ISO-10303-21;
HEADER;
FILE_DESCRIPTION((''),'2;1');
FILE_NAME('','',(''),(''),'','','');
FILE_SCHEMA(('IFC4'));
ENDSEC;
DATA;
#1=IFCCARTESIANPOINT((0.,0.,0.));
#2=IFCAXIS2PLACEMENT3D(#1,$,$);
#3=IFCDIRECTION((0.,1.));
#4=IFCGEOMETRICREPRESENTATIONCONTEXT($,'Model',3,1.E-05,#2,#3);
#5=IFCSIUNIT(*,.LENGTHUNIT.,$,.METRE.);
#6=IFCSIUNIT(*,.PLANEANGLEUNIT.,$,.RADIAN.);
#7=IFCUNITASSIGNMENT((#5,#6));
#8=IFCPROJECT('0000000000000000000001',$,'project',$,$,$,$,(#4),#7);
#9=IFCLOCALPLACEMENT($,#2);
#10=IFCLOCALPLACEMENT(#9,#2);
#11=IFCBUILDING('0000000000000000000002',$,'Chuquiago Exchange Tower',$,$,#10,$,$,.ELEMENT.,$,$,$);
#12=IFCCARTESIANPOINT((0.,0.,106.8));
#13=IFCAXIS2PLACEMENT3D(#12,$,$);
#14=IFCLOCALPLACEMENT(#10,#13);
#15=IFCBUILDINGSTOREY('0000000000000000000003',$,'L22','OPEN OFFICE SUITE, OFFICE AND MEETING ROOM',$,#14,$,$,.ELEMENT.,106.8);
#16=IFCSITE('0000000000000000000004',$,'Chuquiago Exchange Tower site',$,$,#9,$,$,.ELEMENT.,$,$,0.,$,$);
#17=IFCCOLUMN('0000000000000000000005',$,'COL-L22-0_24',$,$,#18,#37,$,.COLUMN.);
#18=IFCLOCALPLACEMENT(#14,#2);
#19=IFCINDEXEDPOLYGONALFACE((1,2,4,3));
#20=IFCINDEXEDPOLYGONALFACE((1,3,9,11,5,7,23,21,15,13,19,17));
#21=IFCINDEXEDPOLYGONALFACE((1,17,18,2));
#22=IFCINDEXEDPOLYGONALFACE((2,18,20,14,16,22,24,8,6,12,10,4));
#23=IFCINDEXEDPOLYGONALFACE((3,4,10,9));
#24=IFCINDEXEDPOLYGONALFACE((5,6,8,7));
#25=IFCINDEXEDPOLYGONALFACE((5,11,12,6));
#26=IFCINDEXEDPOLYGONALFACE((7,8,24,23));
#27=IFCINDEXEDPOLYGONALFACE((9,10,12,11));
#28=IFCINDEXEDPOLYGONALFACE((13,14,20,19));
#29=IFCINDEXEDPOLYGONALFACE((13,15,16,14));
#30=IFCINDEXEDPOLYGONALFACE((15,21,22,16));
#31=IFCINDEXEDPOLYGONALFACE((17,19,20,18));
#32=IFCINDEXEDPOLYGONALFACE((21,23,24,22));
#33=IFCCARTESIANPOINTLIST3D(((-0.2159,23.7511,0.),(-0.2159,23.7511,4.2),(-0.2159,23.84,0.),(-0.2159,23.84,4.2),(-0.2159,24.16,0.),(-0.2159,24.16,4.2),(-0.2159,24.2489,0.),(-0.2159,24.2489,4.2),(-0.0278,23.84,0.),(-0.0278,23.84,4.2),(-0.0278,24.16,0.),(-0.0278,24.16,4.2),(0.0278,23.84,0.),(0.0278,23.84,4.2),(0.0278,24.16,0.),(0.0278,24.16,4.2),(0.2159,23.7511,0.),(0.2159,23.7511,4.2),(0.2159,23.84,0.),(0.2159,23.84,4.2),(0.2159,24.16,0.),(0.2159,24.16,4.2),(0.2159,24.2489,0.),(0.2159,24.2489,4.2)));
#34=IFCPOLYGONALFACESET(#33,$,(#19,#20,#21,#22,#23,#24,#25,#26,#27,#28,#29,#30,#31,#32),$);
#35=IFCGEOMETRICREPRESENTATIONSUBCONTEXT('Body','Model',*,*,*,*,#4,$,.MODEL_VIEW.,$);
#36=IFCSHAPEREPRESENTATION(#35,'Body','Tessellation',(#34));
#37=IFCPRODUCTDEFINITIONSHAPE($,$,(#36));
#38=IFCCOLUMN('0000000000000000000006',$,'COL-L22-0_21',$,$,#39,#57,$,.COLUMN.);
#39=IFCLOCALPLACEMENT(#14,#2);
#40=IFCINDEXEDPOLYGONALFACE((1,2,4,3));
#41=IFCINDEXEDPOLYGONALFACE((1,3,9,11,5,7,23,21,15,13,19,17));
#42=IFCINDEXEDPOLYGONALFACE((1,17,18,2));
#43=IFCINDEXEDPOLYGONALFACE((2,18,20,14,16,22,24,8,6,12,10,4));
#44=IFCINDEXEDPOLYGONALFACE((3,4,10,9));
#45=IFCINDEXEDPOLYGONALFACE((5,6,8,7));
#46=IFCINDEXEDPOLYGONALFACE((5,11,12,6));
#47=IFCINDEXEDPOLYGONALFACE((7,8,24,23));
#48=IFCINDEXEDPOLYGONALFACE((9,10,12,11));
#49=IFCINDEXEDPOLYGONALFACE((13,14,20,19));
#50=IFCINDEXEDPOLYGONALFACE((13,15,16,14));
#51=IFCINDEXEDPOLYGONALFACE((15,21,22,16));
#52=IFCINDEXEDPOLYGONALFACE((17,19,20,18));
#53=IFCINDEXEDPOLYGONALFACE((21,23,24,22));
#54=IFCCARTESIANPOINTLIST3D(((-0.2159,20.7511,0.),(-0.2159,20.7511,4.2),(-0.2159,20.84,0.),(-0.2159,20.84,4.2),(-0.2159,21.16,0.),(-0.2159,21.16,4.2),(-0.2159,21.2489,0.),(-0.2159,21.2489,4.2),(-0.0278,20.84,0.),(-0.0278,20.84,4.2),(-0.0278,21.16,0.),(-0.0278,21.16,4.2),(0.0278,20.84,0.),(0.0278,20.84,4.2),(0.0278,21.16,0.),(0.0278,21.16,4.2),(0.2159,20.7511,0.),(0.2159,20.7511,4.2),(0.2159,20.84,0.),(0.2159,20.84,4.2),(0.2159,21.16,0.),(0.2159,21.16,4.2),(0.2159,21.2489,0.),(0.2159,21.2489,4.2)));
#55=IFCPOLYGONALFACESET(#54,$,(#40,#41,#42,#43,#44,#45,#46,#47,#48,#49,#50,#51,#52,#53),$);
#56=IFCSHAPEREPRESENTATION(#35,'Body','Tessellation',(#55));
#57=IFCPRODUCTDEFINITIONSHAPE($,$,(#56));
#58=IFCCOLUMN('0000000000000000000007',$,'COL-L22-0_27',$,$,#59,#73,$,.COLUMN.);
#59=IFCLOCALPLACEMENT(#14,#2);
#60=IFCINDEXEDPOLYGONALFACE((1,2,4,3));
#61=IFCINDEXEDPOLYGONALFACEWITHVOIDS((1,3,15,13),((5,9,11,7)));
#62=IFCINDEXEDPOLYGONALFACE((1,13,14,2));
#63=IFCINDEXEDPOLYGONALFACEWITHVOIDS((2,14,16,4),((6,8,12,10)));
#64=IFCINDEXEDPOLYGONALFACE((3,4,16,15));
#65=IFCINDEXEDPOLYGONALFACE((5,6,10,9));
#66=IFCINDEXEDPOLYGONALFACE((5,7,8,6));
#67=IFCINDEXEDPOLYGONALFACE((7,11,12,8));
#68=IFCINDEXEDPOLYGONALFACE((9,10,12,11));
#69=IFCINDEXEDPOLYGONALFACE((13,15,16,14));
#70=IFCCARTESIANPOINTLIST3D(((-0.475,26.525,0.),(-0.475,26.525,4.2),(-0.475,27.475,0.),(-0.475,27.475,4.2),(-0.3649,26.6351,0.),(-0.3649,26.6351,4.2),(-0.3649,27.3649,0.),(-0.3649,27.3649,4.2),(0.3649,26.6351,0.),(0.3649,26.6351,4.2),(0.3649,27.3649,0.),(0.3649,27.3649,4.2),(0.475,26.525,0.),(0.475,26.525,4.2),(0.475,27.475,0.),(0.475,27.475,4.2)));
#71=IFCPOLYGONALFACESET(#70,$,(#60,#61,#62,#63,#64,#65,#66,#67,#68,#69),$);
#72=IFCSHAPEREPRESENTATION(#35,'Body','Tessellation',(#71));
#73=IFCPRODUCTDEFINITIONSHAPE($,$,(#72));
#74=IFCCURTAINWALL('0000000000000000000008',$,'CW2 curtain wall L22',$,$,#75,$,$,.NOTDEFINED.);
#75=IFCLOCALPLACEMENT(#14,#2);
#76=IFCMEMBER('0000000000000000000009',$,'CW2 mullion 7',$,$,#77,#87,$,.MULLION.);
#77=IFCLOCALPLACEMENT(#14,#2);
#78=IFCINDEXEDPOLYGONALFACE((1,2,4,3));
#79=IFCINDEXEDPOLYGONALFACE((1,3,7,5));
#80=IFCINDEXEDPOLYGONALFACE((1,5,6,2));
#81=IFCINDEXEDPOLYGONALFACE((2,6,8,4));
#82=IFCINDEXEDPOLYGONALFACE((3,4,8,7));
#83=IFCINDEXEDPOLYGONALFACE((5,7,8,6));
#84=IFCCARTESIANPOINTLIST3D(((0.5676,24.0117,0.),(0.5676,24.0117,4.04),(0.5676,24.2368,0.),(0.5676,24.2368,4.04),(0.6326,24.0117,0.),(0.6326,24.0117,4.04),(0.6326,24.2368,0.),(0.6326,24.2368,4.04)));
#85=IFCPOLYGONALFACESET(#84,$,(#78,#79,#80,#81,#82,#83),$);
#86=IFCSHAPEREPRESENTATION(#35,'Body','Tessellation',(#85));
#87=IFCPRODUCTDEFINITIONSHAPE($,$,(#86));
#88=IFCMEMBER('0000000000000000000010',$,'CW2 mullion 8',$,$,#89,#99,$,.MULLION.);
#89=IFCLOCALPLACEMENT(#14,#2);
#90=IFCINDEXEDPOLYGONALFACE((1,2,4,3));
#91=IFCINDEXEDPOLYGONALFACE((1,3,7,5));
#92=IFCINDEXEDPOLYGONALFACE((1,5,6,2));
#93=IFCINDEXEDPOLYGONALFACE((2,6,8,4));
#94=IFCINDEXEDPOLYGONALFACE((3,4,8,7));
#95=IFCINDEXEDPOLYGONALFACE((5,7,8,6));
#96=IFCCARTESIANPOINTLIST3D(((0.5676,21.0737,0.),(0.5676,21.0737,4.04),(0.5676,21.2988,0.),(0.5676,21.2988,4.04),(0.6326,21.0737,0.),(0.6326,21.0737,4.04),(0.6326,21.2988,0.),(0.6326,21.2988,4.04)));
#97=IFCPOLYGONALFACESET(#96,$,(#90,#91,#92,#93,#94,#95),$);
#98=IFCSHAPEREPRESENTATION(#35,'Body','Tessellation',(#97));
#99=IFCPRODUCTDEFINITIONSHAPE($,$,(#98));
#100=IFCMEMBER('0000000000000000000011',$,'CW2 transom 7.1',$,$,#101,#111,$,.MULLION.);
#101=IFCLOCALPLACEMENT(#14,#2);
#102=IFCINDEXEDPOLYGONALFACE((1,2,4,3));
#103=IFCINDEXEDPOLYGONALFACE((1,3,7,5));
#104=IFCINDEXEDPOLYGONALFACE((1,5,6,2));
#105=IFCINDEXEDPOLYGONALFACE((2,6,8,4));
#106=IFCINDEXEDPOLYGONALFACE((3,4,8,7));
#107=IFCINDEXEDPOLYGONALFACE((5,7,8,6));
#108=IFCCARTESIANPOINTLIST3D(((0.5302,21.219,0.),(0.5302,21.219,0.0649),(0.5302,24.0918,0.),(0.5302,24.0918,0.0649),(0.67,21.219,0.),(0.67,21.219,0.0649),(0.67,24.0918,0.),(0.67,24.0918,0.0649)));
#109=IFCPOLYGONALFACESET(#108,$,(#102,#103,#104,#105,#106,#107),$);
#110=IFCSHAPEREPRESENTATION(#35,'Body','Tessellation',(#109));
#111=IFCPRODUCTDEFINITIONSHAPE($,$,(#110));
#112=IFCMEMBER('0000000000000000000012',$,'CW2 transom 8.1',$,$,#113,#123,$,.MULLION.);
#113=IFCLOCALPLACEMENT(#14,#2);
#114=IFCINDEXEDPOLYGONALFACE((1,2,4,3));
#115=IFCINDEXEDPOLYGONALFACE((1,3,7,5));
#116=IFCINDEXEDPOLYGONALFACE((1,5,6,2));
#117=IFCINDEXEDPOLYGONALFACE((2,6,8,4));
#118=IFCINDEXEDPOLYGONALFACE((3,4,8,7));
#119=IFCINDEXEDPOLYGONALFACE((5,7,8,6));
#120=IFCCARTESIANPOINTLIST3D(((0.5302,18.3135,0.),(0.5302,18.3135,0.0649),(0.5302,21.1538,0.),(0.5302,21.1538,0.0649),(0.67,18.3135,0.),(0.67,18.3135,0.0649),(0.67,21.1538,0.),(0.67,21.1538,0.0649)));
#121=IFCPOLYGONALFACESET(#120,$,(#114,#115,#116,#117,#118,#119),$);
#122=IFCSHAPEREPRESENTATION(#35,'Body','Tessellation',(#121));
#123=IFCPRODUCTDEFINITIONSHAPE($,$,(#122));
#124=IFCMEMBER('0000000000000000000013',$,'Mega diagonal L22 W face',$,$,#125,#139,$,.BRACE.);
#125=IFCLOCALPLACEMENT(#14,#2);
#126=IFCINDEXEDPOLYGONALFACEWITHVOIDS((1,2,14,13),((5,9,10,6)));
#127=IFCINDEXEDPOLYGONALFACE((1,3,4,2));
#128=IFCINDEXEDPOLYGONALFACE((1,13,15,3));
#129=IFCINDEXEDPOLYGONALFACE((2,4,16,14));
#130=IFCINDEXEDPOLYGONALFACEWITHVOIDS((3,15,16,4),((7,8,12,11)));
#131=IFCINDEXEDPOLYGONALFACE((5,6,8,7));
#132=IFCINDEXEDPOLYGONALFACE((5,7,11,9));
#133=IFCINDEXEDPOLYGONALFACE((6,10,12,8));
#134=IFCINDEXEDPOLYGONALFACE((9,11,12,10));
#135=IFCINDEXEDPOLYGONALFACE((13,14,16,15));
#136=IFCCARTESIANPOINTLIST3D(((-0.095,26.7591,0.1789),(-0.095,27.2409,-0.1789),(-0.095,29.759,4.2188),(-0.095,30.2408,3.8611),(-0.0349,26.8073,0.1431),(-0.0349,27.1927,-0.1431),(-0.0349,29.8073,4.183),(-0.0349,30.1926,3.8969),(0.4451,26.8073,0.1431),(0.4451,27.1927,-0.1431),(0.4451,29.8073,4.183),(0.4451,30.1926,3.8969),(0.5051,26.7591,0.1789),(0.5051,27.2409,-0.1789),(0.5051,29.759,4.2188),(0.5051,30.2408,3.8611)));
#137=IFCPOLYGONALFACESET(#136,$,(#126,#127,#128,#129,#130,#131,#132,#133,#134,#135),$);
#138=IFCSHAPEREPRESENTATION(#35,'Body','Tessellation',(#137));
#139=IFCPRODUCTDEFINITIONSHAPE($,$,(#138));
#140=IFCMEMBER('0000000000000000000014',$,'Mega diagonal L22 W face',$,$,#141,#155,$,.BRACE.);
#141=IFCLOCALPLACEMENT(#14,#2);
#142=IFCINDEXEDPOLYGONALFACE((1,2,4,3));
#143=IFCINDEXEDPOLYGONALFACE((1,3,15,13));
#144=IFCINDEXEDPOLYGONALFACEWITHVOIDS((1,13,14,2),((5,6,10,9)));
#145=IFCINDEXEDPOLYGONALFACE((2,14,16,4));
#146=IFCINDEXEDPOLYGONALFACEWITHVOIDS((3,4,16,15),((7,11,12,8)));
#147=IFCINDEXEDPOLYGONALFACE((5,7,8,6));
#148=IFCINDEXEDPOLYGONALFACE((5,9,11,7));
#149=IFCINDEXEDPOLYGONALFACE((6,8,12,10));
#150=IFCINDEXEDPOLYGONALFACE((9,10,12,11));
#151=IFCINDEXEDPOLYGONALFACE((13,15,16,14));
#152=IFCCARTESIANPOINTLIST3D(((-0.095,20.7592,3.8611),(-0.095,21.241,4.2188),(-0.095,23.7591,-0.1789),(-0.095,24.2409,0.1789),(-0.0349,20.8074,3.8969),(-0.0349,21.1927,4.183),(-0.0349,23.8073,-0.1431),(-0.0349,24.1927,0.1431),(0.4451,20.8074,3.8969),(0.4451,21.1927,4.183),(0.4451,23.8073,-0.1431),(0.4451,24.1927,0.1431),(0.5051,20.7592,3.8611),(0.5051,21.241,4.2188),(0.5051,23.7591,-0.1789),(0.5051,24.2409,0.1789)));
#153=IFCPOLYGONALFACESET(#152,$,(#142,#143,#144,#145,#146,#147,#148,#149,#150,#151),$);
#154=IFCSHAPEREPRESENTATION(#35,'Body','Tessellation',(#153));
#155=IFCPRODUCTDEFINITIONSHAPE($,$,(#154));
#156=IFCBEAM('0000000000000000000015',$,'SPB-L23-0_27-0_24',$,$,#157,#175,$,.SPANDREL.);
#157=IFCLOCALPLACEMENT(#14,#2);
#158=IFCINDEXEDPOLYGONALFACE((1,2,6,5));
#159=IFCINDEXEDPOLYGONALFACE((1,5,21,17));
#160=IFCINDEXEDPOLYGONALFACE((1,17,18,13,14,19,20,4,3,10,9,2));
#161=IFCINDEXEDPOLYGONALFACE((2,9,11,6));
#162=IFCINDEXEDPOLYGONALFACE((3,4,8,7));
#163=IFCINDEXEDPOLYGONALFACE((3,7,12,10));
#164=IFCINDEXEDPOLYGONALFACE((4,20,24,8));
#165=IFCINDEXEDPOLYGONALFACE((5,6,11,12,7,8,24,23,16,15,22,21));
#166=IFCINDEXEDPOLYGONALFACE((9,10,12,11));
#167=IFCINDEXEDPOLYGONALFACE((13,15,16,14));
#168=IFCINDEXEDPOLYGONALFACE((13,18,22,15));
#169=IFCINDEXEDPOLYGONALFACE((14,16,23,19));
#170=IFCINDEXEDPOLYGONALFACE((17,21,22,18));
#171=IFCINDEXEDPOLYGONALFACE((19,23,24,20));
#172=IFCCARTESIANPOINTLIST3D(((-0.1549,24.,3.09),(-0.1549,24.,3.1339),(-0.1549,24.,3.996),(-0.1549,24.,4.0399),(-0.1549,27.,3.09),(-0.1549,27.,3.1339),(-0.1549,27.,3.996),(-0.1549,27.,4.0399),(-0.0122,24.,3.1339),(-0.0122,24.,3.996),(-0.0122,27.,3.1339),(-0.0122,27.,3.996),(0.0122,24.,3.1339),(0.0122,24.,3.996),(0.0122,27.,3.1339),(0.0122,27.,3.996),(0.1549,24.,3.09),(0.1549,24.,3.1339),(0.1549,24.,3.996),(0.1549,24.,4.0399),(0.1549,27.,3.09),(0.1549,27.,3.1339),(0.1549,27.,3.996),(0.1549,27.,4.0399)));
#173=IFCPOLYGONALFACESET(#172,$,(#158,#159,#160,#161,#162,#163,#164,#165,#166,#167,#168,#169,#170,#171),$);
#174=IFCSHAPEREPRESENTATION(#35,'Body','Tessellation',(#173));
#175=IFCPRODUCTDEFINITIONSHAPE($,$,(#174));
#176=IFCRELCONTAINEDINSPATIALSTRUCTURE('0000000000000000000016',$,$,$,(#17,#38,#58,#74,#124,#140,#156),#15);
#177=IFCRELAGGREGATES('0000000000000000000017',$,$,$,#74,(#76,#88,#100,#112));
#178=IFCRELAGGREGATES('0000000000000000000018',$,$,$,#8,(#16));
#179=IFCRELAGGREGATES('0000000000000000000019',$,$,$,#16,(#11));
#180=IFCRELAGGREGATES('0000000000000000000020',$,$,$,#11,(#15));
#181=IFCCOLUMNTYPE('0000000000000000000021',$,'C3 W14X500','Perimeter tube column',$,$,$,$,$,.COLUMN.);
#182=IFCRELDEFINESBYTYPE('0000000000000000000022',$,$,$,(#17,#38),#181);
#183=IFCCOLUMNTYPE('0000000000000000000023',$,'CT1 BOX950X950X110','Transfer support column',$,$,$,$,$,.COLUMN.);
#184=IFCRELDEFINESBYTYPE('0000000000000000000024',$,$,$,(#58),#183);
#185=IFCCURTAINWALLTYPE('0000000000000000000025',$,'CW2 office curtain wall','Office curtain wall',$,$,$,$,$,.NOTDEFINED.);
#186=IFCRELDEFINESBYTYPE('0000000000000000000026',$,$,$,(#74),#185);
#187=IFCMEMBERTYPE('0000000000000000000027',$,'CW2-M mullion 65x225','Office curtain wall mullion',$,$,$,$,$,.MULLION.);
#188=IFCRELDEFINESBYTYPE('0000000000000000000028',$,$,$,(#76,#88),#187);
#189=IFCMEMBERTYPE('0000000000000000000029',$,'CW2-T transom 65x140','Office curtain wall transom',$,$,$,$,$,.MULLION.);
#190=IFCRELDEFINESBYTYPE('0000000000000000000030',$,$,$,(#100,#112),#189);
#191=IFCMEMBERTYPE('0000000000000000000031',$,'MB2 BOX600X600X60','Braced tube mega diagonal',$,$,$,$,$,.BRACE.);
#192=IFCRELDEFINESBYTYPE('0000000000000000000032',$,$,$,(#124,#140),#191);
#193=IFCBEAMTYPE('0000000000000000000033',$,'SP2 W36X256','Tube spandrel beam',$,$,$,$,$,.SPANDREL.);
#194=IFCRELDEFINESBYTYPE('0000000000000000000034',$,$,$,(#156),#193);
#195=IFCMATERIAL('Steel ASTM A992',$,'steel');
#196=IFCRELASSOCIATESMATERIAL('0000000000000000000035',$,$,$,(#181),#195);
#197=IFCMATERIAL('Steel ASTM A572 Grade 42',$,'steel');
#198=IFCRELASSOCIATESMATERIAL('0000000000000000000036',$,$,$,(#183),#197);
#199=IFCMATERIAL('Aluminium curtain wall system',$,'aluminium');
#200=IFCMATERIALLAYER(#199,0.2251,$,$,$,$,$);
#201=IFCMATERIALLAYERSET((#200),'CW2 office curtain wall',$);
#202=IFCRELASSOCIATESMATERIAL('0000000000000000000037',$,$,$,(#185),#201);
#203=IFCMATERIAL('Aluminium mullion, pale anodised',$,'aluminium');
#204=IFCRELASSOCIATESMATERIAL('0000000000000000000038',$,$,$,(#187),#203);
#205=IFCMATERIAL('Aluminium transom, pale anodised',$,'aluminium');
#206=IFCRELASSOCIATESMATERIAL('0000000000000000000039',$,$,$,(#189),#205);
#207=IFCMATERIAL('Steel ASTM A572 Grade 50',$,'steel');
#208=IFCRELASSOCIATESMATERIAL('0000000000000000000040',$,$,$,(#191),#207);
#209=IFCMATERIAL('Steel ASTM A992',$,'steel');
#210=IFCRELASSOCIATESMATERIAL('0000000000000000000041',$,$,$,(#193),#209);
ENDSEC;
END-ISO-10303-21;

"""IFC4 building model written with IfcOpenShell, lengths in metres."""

from ifc_helpers import new_model, si_unit, direction, frame, origin, origin_2d, place, context, subcontext, project, spatial, rectangle, hollow_rectangle, i_section, extrude, material, layer, layer_set, material_profile, profile_set, type_object, element, aggregate, save


model = new_model("IFC4")

# Units and contexts
model_context = context("Model", 3, precision=1e-05, world=origin(), true_north=direction((0.0, 1.0)))
body_context = subcontext(model_context, "Body", "Model", "MODEL_VIEW")
ifc_project = project(units=[si_unit("LENGTHUNIT", "METRE"), si_unit("PLANEANGLEUNIT", "RADIAN")], contexts=[model_context])

# Site, building, storey
site_placement = place(None, origin())
site = spatial("IfcSite", under=ifc_project, at=site_placement, Name="Chuquiago Exchange Tower site", CompositionType="ELEMENT", RefElevation=0.0)
building_placement = place(site_placement, origin())
building = spatial("IfcBuilding", under=site, at=building_placement, Name="Chuquiago Exchange Tower", CompositionType="ELEMENT")
storey_placement = place(building_placement, frame((0.0, 0.0, 106.8)))
storey = spatial("IfcBuildingStorey", under=building, at=storey_placement, Name="L22", Description="OPEN OFFICE SUITE, OFFICE AND MEETING ROOM", CompositionType="ELEMENT", Elevation=106.8)

# Columns
ifc_material_1 = material(Name="Steel ASTM A992", Category="steel")
ifc_material_profile_1 = material_profile(ifc_material_1, i_section(OverallWidth=0.4319, OverallDepth=0.4978, WebThickness=0.0557, FlangeThickness=0.0889, at=origin_2d()), Name="W14X500")
ifc_profile_set_1 = profile_set([ifc_material_profile_1], Name="Steel ASTM A992")
column_type_1 = type_object("IfcColumnType", Name="C3 W14X500", Description="Perimeter tube column", PredefinedType="COLUMN", material=ifc_profile_set_1)
for number, where, z_axis, x_axis, name in (
    (1, (0.0, 24.0, 0.0), (0.0, 0.0, 1.0), (-1.0, 0.0, 0.0), "COL-L22-0_24"),
    (2, (0.0, 21.0, 0.0), (0.0, 0.0, 1.0), (-1.0, 0.0, 0.0), "COL-L22-0_21"),
):
    element("IfcColumn", number, at=place(storey_placement, frame(where, z_axis=z_axis, x_axis=x_axis)), inside=storey, type_object=column_type_1, Name=name, PredefinedType="COLUMN", context=body_context, shape_type="SweptSolid", body=[
        extrude(i_section(OverallWidth=0.4319, OverallDepth=0.4978, WebThickness=0.0557, FlangeThickness=0.0889, at=origin_2d()), origin(), (0.0, 0.0, 1.0), 4.2),
    ])
ifc_material_2 = material(Name="Steel ASTM A572 Grade 42", Category="steel")
ifc_material_profile_2 = material_profile(ifc_material_2, hollow_rectangle(XDim=0.95, YDim=0.95, WallThickness=0.1101, at=origin_2d()), Name="BOX950X950X110")
ifc_profile_set_2 = profile_set([ifc_material_profile_2], Name="Steel ASTM A572 Grade 42")
column_type_2 = type_object("IfcColumnType", Name="CT1 BOX950X950X110", Description="Transfer support column", PredefinedType="COLUMN", material=ifc_profile_set_2)
column_placement = place(storey_placement, frame((0.0, 27.0, 0.0), z_axis=(0.0, 0.0, 1.0), x_axis=(-1.0, 0.0, 0.0)))
element("IfcColumn", 3, at=column_placement, inside=storey, type_object=column_type_2, Name="COL-L22-0_27", PredefinedType="COLUMN", context=body_context, shape_type="SweptSolid", body=[
    extrude(hollow_rectangle(XDim=0.95, YDim=0.95, WallThickness=0.1101, at=origin_2d()), origin(), (0.0, 0.0, 1.0), 4.2),
])

# Curtain wall, members
ifc_material_3 = material(Name="Aluminium curtain wall system", Category="aluminium")
ifc_layer_1 = layer(ifc_material_3, 0.2251)
ifc_layer_set_1 = layer_set([ifc_layer_1], Name="CW2 office curtain wall")
curtain_wall_type = type_object("IfcCurtainWallType", Name="CW2 office curtain wall", Description="Office curtain wall", PredefinedType="NOTDEFINED", material=ifc_layer_set_1)
curtain_wall_placement = place(storey_placement, origin())
curtain_wall = element("IfcCurtainWall", 4, at=curtain_wall_placement, inside=storey, type_object=curtain_wall_type, Name="CW2 curtain wall L22", PredefinedType="NOTDEFINED")
ifc_material_4 = material(Name="Aluminium mullion, pale anodised", Category="aluminium")
ifc_material_profile_3 = material_profile(ifc_material_4, rectangle(XDim=0.0649, YDim=0.2251, at=origin_2d()), Name="AL 65x225")
ifc_profile_set_3 = profile_set([ifc_material_profile_3], Name="Aluminium mullion, pale anodised")
member_type_1 = type_object("IfcMemberType", Name="CW2-M mullion 65x225", Description="Office curtain wall mullion", PredefinedType="MULLION", material=ifc_profile_set_3)
member_1_placement = place(storey_placement, frame((0.6001, 24.1243, 0.0), z_axis=(0.0, 0.0, 1.0), x_axis=(1.0, 0.0, 0.0)))
member_1 = element("IfcMember", 5, at=member_1_placement, type_object=member_type_1, Name="CW2 mullion 7", PredefinedType="MULLION", context=body_context, shape_type="SweptSolid", body=[
    extrude(rectangle(XDim=0.0649, YDim=0.2251, at=origin_2d()), origin(), (0.0, 0.0, 1.0), 4.04),
])
member_2_placement = place(storey_placement, frame((0.6001, 21.1863, 0.0), z_axis=(0.0, 0.0, 1.0), x_axis=(1.0, 0.0, 0.0)))
member_2 = element("IfcMember", 6, at=member_2_placement, type_object=member_type_1, Name="CW2 mullion 8", PredefinedType="MULLION", context=body_context, shape_type="SweptSolid", body=[
    extrude(rectangle(XDim=0.0649, YDim=0.2251, at=origin_2d()), origin(), (0.0, 0.0, 1.0), 4.04),
])
ifc_material_5 = material(Name="Aluminium transom, pale anodised", Category="aluminium")
ifc_material_profile_4 = material_profile(ifc_material_5, rectangle(XDim=0.1399, YDim=0.0649, at=origin_2d()), Name="AL 140x65")
ifc_profile_set_4 = profile_set([ifc_material_profile_4], Name="Aluminium transom, pale anodised")
member_type_2 = type_object("IfcMemberType", Name="CW2-T transom 65x140", Description="Office curtain wall transom", PredefinedType="MULLION", material=ifc_profile_set_4)
member_3_placement = place(storey_placement, frame((0.6001, 24.0918, 0.0325), z_axis=(0.0, -1.0, 0.0), x_axis=(1.0, 0.0, 0.0)))
member_3 = element("IfcMember", 7, at=member_3_placement, type_object=member_type_2, Name="CW2 transom 7.1", PredefinedType="MULLION", context=body_context, shape_type="SweptSolid", body=[
    extrude(rectangle(XDim=0.1399, YDim=0.0649, at=origin_2d()), origin(), (0.0, 0.0, 1.0), 2.8728),
])
member_4_placement = place(storey_placement, frame((0.6001, 21.1538, 0.0325), z_axis=(0.0, -1.0, 0.0), x_axis=(1.0, 0.0, 0.0)))
member_4 = element("IfcMember", 8, at=member_4_placement, type_object=member_type_2, Name="CW2 transom 8.1", PredefinedType="MULLION", context=body_context, shape_type="SweptSolid", body=[
    extrude(rectangle(XDim=0.1399, YDim=0.0649, at=origin_2d()), origin(), (0.0, 0.0, 1.0), 2.8403),
])

# Members
ifc_material_6 = material(Name="Steel ASTM A572 Grade 50", Category="steel")
ifc_material_profile_5 = material_profile(ifc_material_6, hollow_rectangle(XDim=0.6001, YDim=0.6001, WallThickness=0.0601, at=origin_2d()), Name="BOX600X600X60")
ifc_profile_set_5 = profile_set([ifc_material_profile_5], Name="Steel ASTM A572 Grade 50")
member_type_3 = type_object("IfcMemberType", Name="MB2 BOX600X600X60", Description="Braced tube mega diagonal", PredefinedType="BRACE", material=ifc_profile_set_5)
for number, where, z_axis, x_axis, name in (
    (9, (0.2051, 27.0, 0.0), (0.0, 0.596174, 0.802855), (-1.0, 0.0, 0.0), "Mega diagonal L22 W face"),
    (10, (0.2051, 24.0, 0.0), (0.0, -0.596174, 0.802855), (1.0, 0.0, 0.0), "Mega diagonal L22 W face"),
):
    element("IfcMember", number, at=place(storey_placement, frame(where, z_axis=z_axis, x_axis=x_axis)), inside=storey, type_object=member_type_3, Name=name, PredefinedType="BRACE", context=body_context, shape_type="SweptSolid", body=[
        extrude(hollow_rectangle(XDim=0.6001, YDim=0.6001, WallThickness=0.0601, at=origin_2d()), origin(), (0.0, 0.0, 1.0), 5.032),
    ])

# Beam
ifc_material_7 = material(Name="Steel ASTM A992", Category="steel")
ifc_material_profile_6 = material_profile(ifc_material_7, i_section(OverallWidth=0.3098, OverallDepth=0.95, WebThickness=0.0244, FlangeThickness=0.0439, at=origin_2d()), Name="W36X256")
ifc_profile_set_6 = profile_set([ifc_material_profile_6], Name="Steel ASTM A992")
beam_type = type_object("IfcBeamType", Name="SP2 W36X256", Description="Tube spandrel beam", PredefinedType="SPANDREL", material=ifc_profile_set_6)
for number, where, z_axis, x_axis, name in (
    (11, (0.0, 27.0, 3.5649), (0.0, -1.0, 0.0), (1.0, 0.0, 0.0), "SPB-L23-0_27-0_24"),
):
    element("IfcBeam", number, at=place(storey_placement, frame(where, z_axis=z_axis, x_axis=x_axis)), inside=storey, type_object=beam_type, Name=name, PredefinedType="SPANDREL", context=body_context, shape_type="SweptSolid", body=[
        extrude(i_section(OverallWidth=0.3098, OverallDepth=0.95, WebThickness=0.0244, FlangeThickness=0.0439, at=origin_2d()), origin(), (0.0, 0.0, 1.0), 3.0),
    ])

aggregate(curtain_wall, [member_1, member_2, member_3, member_4])

save(model, "model.ifc")
